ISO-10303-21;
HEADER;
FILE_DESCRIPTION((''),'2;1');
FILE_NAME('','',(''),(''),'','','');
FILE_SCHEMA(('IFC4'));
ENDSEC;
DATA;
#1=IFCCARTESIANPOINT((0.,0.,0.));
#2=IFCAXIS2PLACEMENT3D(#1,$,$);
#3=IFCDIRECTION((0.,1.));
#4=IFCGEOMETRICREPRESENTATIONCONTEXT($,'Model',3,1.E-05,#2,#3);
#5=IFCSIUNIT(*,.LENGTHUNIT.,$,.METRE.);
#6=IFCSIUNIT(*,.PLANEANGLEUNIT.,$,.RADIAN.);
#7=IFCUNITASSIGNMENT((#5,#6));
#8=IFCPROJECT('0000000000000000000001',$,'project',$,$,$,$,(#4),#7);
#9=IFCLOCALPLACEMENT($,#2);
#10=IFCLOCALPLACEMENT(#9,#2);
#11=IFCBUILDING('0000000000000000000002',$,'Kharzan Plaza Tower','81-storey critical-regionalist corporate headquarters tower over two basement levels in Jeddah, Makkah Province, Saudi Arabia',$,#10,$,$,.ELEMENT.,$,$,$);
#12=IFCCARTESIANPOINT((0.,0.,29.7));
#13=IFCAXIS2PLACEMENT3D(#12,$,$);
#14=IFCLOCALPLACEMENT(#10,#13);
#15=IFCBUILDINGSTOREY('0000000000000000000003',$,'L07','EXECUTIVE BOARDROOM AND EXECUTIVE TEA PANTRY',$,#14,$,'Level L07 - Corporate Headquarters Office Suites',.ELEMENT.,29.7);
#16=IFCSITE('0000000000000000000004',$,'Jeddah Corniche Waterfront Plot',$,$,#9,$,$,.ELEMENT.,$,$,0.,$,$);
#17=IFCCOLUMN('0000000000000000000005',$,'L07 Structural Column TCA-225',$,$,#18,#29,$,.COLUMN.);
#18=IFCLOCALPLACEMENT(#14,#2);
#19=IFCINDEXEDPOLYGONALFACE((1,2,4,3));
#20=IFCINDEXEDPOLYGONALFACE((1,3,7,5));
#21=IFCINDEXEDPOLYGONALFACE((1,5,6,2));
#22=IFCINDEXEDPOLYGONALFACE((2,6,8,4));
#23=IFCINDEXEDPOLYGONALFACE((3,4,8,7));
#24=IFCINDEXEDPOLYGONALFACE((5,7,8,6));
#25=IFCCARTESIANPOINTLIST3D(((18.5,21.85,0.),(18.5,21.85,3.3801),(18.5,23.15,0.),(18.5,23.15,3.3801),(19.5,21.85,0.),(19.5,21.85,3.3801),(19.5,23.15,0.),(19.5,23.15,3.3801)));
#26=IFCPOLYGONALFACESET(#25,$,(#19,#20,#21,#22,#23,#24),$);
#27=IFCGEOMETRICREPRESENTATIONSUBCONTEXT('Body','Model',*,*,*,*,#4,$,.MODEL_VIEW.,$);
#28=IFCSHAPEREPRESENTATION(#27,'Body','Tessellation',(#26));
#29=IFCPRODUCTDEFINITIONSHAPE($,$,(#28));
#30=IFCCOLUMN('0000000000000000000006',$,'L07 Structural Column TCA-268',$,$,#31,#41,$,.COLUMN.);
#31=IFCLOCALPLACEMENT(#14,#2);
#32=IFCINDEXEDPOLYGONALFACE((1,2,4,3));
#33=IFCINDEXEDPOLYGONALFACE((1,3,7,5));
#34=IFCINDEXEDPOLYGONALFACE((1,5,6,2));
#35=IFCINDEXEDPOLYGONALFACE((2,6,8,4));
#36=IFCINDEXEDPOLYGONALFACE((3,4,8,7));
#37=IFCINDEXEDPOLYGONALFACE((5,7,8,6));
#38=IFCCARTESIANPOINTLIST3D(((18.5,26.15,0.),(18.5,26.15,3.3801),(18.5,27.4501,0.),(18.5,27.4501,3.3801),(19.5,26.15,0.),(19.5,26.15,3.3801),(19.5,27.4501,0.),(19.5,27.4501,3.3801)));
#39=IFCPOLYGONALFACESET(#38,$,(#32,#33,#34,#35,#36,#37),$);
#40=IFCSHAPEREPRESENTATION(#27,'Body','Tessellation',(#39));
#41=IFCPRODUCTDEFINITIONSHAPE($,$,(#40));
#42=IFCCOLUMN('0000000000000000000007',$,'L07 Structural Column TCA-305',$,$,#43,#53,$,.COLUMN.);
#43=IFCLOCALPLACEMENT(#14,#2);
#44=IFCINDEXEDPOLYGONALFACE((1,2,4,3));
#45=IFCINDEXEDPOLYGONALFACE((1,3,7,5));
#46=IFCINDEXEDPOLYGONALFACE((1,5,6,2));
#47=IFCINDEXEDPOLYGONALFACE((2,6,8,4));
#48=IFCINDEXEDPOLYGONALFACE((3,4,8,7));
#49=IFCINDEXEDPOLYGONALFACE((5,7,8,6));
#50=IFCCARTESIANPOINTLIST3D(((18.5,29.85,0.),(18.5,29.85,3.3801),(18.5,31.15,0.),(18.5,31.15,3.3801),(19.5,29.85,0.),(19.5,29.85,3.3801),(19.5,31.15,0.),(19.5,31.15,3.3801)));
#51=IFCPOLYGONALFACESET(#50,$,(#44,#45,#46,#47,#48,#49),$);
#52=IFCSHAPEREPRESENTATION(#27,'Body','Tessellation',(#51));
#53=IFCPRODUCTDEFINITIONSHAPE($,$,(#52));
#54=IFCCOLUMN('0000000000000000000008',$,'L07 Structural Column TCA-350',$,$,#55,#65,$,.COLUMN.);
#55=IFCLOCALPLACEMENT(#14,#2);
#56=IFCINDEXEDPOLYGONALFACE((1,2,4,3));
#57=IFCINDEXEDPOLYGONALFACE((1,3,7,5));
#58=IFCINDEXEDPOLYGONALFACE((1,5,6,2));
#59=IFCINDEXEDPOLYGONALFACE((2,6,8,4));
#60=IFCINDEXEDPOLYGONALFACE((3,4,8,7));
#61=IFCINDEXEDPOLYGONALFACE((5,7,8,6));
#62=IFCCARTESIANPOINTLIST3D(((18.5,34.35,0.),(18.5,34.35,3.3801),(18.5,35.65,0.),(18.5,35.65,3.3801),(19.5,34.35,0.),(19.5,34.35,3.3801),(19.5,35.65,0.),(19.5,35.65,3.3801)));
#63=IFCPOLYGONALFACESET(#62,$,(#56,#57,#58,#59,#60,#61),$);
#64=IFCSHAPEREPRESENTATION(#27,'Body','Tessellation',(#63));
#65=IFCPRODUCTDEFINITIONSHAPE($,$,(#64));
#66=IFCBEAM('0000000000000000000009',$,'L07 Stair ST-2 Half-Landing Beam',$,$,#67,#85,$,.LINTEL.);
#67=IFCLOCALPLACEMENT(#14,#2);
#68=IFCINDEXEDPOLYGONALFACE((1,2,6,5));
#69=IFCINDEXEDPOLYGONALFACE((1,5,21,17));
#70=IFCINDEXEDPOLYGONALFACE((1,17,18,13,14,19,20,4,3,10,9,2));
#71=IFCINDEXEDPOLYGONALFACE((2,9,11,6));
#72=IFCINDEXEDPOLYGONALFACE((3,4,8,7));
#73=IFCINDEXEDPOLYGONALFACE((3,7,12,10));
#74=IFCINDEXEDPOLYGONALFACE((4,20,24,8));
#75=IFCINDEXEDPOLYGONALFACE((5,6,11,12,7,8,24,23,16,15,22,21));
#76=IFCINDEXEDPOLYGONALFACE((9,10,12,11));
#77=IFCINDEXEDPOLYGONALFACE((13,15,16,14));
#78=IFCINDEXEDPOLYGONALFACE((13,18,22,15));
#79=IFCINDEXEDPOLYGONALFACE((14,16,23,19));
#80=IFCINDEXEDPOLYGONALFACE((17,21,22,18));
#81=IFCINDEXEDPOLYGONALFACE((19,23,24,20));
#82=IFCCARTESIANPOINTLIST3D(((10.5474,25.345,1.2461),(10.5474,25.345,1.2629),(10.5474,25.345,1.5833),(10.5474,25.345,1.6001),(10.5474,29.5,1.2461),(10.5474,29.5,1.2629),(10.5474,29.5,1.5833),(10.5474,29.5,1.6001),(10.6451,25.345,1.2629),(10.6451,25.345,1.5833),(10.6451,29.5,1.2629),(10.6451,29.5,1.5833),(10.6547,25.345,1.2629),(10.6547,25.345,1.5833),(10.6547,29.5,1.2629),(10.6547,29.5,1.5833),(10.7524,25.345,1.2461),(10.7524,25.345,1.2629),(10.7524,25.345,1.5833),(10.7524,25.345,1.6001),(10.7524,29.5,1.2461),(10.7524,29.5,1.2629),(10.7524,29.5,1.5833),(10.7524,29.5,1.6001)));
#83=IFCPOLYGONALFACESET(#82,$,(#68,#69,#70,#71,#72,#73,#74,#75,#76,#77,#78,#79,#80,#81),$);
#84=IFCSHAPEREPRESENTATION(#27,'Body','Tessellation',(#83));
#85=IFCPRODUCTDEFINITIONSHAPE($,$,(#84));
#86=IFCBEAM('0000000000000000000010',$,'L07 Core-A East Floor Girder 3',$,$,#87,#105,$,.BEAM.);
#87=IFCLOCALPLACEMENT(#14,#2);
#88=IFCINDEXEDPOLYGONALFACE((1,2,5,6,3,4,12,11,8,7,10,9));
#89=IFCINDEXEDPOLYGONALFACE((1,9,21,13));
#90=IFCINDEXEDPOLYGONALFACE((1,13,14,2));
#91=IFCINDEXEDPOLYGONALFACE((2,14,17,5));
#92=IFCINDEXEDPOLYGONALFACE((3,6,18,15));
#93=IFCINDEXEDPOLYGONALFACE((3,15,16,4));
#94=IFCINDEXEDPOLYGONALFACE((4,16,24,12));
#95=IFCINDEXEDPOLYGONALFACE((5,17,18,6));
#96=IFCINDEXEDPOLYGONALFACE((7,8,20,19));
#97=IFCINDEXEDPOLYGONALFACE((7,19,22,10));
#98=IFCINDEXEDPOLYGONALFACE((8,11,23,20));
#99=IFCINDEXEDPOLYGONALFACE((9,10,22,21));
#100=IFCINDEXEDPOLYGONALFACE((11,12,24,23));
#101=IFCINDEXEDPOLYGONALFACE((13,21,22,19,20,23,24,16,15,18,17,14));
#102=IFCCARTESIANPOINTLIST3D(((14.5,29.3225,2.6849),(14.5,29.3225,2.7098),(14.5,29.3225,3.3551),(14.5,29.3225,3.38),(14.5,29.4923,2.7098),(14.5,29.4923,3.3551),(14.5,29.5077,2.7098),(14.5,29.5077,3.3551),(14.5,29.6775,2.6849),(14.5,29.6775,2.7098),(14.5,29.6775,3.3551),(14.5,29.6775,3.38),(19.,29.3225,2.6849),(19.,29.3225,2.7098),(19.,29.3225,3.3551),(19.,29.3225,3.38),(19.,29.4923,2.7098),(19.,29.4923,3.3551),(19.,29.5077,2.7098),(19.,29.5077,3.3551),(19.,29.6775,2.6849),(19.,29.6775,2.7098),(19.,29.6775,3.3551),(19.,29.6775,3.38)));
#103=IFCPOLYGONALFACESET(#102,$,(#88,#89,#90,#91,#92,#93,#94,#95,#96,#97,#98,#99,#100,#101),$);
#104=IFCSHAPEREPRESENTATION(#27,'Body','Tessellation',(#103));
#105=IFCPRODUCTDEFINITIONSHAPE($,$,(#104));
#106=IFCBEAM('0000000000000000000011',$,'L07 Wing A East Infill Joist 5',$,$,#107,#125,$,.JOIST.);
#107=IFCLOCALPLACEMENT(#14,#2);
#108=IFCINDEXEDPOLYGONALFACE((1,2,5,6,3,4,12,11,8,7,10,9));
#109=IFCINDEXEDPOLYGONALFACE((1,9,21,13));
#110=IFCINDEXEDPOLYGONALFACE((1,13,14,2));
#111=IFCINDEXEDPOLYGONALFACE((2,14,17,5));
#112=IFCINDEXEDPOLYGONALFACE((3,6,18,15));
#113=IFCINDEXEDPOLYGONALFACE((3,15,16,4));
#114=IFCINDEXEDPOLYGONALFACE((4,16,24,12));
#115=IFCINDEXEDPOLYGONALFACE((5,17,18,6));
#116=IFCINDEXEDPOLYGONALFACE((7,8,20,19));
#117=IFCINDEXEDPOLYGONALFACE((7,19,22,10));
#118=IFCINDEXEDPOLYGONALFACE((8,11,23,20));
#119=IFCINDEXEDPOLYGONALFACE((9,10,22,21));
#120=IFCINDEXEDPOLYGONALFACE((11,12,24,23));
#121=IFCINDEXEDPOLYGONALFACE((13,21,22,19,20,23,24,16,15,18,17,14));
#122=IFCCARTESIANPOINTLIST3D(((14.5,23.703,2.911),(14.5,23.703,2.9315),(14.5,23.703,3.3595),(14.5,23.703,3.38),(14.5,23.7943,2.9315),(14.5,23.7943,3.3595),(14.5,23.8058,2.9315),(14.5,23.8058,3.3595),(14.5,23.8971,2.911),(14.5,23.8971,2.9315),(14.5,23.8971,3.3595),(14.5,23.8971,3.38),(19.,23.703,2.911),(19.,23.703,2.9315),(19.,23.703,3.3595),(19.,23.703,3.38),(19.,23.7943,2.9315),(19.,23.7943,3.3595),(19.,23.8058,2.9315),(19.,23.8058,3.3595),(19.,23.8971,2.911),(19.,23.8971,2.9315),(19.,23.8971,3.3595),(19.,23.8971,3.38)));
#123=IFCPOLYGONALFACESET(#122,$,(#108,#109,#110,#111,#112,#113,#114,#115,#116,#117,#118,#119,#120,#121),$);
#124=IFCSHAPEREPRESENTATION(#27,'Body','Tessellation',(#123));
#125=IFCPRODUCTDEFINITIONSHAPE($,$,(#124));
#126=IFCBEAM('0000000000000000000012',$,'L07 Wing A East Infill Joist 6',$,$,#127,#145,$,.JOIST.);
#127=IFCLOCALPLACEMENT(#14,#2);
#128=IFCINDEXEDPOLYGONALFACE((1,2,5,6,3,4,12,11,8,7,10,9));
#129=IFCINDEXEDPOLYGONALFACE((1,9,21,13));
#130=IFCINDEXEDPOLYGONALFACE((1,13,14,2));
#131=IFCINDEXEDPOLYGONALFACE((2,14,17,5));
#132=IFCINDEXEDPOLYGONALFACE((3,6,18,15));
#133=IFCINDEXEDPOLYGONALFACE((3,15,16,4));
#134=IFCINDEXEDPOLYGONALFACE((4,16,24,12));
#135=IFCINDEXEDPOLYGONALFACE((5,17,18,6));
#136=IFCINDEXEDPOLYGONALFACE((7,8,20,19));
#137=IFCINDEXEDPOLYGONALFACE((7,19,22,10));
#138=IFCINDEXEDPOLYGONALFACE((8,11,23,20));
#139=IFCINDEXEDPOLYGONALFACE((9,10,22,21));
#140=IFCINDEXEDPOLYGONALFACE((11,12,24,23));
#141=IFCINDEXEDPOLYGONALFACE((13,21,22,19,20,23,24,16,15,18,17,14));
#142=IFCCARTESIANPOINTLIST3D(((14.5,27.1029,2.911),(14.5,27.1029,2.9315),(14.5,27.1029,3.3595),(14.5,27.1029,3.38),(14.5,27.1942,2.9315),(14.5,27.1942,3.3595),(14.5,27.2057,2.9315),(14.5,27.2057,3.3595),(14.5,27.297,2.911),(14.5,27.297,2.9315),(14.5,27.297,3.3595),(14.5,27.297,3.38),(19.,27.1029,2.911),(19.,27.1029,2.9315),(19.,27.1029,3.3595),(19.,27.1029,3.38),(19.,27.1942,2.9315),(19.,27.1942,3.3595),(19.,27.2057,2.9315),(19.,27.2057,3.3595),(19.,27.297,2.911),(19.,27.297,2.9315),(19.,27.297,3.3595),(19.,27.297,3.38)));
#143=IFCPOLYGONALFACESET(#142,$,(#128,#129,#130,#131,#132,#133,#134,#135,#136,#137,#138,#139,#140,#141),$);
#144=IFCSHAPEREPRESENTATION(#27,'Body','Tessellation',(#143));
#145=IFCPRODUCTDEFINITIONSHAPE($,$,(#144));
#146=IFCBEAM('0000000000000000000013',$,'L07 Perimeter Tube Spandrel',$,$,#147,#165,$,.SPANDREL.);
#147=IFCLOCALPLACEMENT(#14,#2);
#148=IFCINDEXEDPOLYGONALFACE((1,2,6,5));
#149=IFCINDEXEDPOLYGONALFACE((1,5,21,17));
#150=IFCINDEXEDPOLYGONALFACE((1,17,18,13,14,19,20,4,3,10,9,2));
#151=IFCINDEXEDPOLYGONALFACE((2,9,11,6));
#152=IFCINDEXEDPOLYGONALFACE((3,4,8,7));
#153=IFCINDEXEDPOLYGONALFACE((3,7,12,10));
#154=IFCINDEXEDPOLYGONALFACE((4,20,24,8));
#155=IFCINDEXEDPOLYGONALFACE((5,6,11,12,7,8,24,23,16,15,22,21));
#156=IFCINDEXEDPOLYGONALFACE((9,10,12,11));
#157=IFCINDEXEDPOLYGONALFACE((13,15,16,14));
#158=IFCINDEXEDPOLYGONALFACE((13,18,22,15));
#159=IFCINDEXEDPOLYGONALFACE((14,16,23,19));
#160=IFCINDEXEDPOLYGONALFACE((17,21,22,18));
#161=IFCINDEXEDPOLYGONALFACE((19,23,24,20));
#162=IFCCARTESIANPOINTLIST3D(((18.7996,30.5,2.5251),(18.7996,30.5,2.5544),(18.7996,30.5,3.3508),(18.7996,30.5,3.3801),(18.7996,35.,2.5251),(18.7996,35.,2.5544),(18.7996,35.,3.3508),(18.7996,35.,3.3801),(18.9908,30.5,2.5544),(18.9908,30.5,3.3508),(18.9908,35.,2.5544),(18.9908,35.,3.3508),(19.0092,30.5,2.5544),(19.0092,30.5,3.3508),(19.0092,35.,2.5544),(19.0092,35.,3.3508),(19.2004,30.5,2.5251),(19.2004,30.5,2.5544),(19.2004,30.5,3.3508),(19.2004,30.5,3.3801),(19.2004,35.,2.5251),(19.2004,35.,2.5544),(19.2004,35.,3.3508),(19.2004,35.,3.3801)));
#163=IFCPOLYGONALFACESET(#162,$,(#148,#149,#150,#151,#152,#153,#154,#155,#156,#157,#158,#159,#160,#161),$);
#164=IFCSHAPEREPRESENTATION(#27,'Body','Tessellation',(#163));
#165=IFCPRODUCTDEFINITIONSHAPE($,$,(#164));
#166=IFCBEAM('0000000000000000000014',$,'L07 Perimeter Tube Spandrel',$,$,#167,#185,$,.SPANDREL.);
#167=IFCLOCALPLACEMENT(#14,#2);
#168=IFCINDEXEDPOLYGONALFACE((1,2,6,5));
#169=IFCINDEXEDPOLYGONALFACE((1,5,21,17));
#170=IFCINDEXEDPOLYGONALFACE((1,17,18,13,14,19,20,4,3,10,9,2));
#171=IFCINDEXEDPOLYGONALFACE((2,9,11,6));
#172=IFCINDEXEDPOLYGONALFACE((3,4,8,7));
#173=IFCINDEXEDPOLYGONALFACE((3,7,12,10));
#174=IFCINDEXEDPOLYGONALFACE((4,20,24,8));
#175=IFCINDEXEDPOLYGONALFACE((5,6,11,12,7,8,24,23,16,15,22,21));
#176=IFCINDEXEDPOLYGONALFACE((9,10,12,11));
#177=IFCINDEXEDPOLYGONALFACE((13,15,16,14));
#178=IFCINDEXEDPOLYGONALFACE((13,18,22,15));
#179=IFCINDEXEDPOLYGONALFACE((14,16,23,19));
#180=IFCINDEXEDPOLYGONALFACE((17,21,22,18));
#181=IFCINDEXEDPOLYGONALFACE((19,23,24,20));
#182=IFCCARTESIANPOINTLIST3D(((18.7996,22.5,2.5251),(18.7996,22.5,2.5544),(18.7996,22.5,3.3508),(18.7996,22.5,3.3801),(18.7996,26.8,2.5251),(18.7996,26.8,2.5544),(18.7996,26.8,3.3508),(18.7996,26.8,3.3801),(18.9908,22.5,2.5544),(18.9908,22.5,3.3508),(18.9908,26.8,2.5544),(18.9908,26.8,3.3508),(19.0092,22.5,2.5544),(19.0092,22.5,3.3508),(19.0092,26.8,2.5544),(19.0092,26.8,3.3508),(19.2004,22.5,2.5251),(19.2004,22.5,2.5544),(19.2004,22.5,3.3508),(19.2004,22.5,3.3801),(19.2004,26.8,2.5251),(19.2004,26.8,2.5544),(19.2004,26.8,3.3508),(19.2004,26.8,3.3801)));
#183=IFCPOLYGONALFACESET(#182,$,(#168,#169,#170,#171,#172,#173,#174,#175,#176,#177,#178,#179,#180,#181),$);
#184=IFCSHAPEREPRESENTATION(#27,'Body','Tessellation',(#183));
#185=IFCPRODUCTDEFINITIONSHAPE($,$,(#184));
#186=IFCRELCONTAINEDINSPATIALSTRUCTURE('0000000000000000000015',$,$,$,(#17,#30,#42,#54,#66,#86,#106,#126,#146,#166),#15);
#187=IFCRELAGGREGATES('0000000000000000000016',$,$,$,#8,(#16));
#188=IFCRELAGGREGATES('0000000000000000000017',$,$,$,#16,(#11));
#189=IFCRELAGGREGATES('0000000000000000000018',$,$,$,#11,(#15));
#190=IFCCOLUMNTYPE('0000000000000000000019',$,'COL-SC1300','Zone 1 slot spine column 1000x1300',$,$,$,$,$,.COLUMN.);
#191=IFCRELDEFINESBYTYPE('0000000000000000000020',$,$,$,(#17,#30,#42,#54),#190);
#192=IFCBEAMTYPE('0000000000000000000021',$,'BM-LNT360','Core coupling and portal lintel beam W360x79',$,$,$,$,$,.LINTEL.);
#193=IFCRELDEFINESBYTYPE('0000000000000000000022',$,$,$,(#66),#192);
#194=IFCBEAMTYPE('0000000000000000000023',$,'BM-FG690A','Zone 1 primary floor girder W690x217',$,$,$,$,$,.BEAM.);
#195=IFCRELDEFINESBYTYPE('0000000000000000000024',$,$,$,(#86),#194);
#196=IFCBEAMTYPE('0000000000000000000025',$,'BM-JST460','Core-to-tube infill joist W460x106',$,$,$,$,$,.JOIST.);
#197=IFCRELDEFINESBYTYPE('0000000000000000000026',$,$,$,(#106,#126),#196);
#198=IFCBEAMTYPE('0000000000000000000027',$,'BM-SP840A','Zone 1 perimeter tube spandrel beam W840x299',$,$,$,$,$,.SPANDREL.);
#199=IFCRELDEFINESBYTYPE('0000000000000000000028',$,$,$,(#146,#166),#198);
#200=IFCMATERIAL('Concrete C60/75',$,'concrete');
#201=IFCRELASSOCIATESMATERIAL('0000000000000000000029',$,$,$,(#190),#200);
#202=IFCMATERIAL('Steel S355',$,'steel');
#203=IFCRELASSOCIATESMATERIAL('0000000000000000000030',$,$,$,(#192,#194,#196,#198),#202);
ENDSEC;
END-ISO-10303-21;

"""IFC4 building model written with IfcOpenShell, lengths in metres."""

from ifc_helpers import new_model, si_unit, direction, frame, origin, origin_2d, place, context, subcontext, project, spatial, rectangle, i_section, extrude, source, transform, mapped, material, material_profile, profile_set, type_object, element, save


model = new_model("IFC4")

# Units and contexts
model_context = context("Model", 3, precision=1e-05, world=origin(), true_north=direction((0.0, 1.0)))
body_context = subcontext(model_context, "Body", "Model", "MODEL_VIEW")
ifc_project = project(units=[si_unit("LENGTHUNIT", "METRE"), si_unit("PLANEANGLEUNIT", "RADIAN")], contexts=[model_context])

# Site, building, storey
site_placement = place(None, origin())
site = spatial("IfcSite", under=ifc_project, at=site_placement, Name="Jeddah Corniche Waterfront Plot", CompositionType="ELEMENT", RefElevation=0.0)
building_placement = place(site_placement, origin())
building = spatial("IfcBuilding", under=site, at=building_placement, Name="Kharzan Plaza Tower", Description="81-storey critical-regionalist corporate headquarters tower over two basement levels in Jeddah, Makkah Province, Saudi Arabia", CompositionType="ELEMENT")
storey_placement = place(building_placement, frame((0.0, 0.0, 29.7)))
storey = spatial("IfcBuildingStorey", under=building, at=storey_placement, Name="L07", Description="EXECUTIVE BOARDROOM AND EXECUTIVE TEA PANTRY", LongName="Level L07 - Corporate Headquarters Office Suites", CompositionType="ELEMENT", Elevation=29.7)

# Columns
ifc_material_1 = material(Name="Concrete C60/75", Category="concrete")
ifc_material_profile_1 = material_profile(ifc_material_1, rectangle(XDim=1.0, YDim=1.3, at=origin_2d()), Name="RC-SC1300x1000")
ifc_profile_set_1 = profile_set([ifc_material_profile_1], Name="Concrete C60/75")
column_type = type_object("IfcColumnType", Name="COL-SC1300", Description="Zone 1 slot spine column 1000x1300", PredefinedType="COLUMN", material=ifc_profile_set_1)
shared_shape_1 = source(origin(), body_context, "Body", "SweptSolid", [
    extrude(rectangle(XDim=1.0, YDim=1.3, at=origin_2d()), origin(), (0.0, 0.0, 1.0), 3.3801),
])
for number, where, z_axis, x_axis, name in (
    (1, (19.0, 22.5, 0.0), (0.0, 0.0, 1.0), (1.0, 0.0, 0.0), "L07 Structural Column TCA-225"),
    (2, (19.0, 26.8, 0.0), (0.0, 0.0, 1.0), (1.0, 0.0, 0.0), "L07 Structural Column TCA-268"),
    (3, (19.0, 30.5, 0.0), (0.0, 0.0, 1.0), (1.0, 0.0, 0.0), "L07 Structural Column TCA-305"),
    (4, (19.0, 35.0, 0.0), (0.0, 0.0, 1.0), (1.0, 0.0, 0.0), "L07 Structural Column TCA-350"),
):
    element("IfcColumn", number, at=place(storey_placement, frame(where, z_axis=z_axis, x_axis=x_axis)), inside=storey, type_object=column_type, Name=name, PredefinedType="COLUMN", context=body_context, shape_type="MappedRepresentation", body=[
        mapped(shared_shape_1, transform((0.0, 0.0, 0.0), x_axis=(1.0, 0.0, 0.0), y_axis=(0.0, 1.0, 0.0), z_axis=(0.0, 0.0, 1.0))),
    ])

# Beams
ifc_material_2 = material(Name="Steel S355", Category="steel")
ifc_material_profile_2 = material_profile(ifc_material_2, i_section(OverallWidth=0.2051, OverallDepth=0.354, WebThickness=0.0095, FlangeThickness=0.0168, at=origin_2d()), Name="W360x79")
ifc_profile_set_2 = profile_set([ifc_material_profile_2], Name="Steel S355")
beam_type_1 = type_object("IfcBeamType", Name="BM-LNT360", Description="Core coupling and portal lintel beam W360x79", PredefinedType="LINTEL", material=ifc_profile_set_2)
shared_shape_2 = source(origin(), body_context, "Body", "SweptSolid", [
    extrude(i_section(OverallWidth=0.2051, OverallDepth=0.354, WebThickness=0.0095, FlangeThickness=0.0168, at=origin_2d()), origin(), (0.0, 0.0, 1.0), 4.155),
])
beam_1_placement = place(storey_placement, frame((10.6499, 25.345, 1.4231), z_axis=(0.0, 1.0, 0.0), x_axis=(-1.0, 0.0, 0.0)))
element("IfcBeam", 5, at=beam_1_placement, inside=storey, type_object=beam_type_1, Name="L07 Stair ST-2 Half-Landing Beam", PredefinedType="LINTEL", context=body_context, shape_type="MappedRepresentation", body=[
    mapped(shared_shape_2, transform((0.0, 0.0, 0.0), x_axis=(1.0, 0.0, 0.0), y_axis=(0.0, 1.0, 0.0), z_axis=(0.0, 0.0, 1.0))),
])
ifc_material_profile_3 = material_profile(ifc_material_2, i_section(OverallWidth=0.355, OverallDepth=0.6951, WebThickness=0.0154, FlangeThickness=0.0249, at=origin_2d()), Name="W690x217")
ifc_profile_set_3 = profile_set([ifc_material_profile_3], Name="Steel S355")
beam_type_2 = type_object("IfcBeamType", Name="BM-FG690A", Description="Zone 1 primary floor girder W690x217", PredefinedType="BEAM", material=ifc_profile_set_3)
shared_shape_3 = source(origin(), body_context, "Body", "SweptSolid", [
    extrude(i_section(OverallWidth=0.355, OverallDepth=0.6951, WebThickness=0.0154, FlangeThickness=0.0249, at=origin_2d()), origin(), (0.0, 0.0, 1.0), 4.5),
])
beam_2_placement = place(storey_placement, frame((14.5, 29.5, 3.0325), z_axis=(1.0, 0.0, 0.0), x_axis=(0.0, 1.0, 0.0)))
element("IfcBeam", 6, at=beam_2_placement, inside=storey, type_object=beam_type_2, Name="L07 Core-A East Floor Girder 3", PredefinedType="BEAM", context=body_context, shape_type="MappedRepresentation", body=[
    mapped(shared_shape_3, transform((0.0, 0.0, 0.0), x_axis=(1.0, 0.0, 0.0), y_axis=(0.0, 1.0, 0.0), z_axis=(0.0, 0.0, 1.0))),
])
ifc_material_profile_4 = material_profile(ifc_material_2, i_section(OverallWidth=0.1941, OverallDepth=0.469, WebThickness=0.0115, FlangeThickness=0.0205, at=origin_2d()), Name="W460x106")
ifc_profile_set_4 = profile_set([ifc_material_profile_4], Name="Steel S355")
beam_type_3 = type_object("IfcBeamType", Name="BM-JST460", Description="Core-to-tube infill joist W460x106", PredefinedType="JOIST", material=ifc_profile_set_4)
shared_shape_4 = source(origin(), body_context, "Body", "SweptSolid", [
    extrude(i_section(OverallWidth=0.1941, OverallDepth=0.469, WebThickness=0.0115, FlangeThickness=0.0205, at=origin_2d()), origin(), (0.0, 0.0, 1.0), 4.5),
])
for number, where, z_axis, x_axis, name in (
    (7, (14.5, 23.8, 3.1455), (1.0, 0.0, 0.0), (0.0, 1.0, 0.0), "L07 Wing A East Infill Joist 5"),
    (8, (14.5, 27.2, 3.1455), (1.0, 0.0, 0.0), (0.0, 1.0, 0.0), "L07 Wing A East Infill Joist 6"),
):
    element("IfcBeam", number, at=place(storey_placement, frame(where, z_axis=z_axis, x_axis=x_axis)), inside=storey, type_object=beam_type_3, Name=name, PredefinedType="JOIST", context=body_context, shape_type="MappedRepresentation", body=[
        mapped(shared_shape_4, transform((0.0, 0.0, 0.0), x_axis=(1.0, 0.0, 0.0), y_axis=(0.0, 1.0, 0.0), z_axis=(0.0, 0.0, 1.0))),
    ])
ifc_material_profile_5 = material_profile(ifc_material_2, i_section(OverallWidth=0.4009, OverallDepth=0.855, WebThickness=0.0183, FlangeThickness=0.0293, at=origin_2d()), Name="W840x299")
ifc_profile_set_5 = profile_set([ifc_material_profile_5], Name="Steel S355")
beam_type_4 = type_object("IfcBeamType", Name="BM-SP840A", Description="Zone 1 perimeter tube spandrel beam W840x299", PredefinedType="SPANDREL", material=ifc_profile_set_5)
shared_shape_5 = source(origin(), body_context, "Body", "SweptSolid", [
    extrude(i_section(OverallWidth=0.4009, OverallDepth=0.855, WebThickness=0.0183, FlangeThickness=0.0293, at=origin_2d()), origin(), (0.0, 0.0, 1.0), 4.5),
])
beam_3_placement = place(storey_placement, frame((19.0, 30.5, 2.9526), z_axis=(0.0, 1.0, 0.0), x_axis=(-1.0, 0.0, 0.0)))
element("IfcBeam", 9, at=beam_3_placement, inside=storey, type_object=beam_type_4, Name="L07 Perimeter Tube Spandrel", PredefinedType="SPANDREL", context=body_context, shape_type="MappedRepresentation", body=[
    mapped(shared_shape_5, transform((0.0, 0.0, 0.0), x_axis=(1.0, 0.0, 0.0), y_axis=(0.0, 1.0, 0.0), z_axis=(0.0, 0.0, 1.0))),
])
shared_shape_6 = source(origin(), body_context, "Body", "SweptSolid", [
    extrude(i_section(OverallWidth=0.4009, OverallDepth=0.855, WebThickness=0.0183, FlangeThickness=0.0293, at=origin_2d()), origin(), (0.0, 0.0, 1.0), 4.3),
])
beam_4_placement = place(storey_placement, frame((19.0, 22.5, 2.9526), z_axis=(0.0, 1.0, 0.0), x_axis=(-1.0, 0.0, 0.0)))
element("IfcBeam", 10, at=beam_4_placement, inside=storey, type_object=beam_type_4, Name="L07 Perimeter Tube Spandrel", PredefinedType="SPANDREL", context=body_context, shape_type="MappedRepresentation", body=[
    mapped(shared_shape_6, transform((0.0, 0.0, 0.0), x_axis=(1.0, 0.0, 0.0), y_axis=(0.0, 1.0, 0.0), z_axis=(0.0, 0.0, 1.0))),
])

save(model, "model.ifc")
